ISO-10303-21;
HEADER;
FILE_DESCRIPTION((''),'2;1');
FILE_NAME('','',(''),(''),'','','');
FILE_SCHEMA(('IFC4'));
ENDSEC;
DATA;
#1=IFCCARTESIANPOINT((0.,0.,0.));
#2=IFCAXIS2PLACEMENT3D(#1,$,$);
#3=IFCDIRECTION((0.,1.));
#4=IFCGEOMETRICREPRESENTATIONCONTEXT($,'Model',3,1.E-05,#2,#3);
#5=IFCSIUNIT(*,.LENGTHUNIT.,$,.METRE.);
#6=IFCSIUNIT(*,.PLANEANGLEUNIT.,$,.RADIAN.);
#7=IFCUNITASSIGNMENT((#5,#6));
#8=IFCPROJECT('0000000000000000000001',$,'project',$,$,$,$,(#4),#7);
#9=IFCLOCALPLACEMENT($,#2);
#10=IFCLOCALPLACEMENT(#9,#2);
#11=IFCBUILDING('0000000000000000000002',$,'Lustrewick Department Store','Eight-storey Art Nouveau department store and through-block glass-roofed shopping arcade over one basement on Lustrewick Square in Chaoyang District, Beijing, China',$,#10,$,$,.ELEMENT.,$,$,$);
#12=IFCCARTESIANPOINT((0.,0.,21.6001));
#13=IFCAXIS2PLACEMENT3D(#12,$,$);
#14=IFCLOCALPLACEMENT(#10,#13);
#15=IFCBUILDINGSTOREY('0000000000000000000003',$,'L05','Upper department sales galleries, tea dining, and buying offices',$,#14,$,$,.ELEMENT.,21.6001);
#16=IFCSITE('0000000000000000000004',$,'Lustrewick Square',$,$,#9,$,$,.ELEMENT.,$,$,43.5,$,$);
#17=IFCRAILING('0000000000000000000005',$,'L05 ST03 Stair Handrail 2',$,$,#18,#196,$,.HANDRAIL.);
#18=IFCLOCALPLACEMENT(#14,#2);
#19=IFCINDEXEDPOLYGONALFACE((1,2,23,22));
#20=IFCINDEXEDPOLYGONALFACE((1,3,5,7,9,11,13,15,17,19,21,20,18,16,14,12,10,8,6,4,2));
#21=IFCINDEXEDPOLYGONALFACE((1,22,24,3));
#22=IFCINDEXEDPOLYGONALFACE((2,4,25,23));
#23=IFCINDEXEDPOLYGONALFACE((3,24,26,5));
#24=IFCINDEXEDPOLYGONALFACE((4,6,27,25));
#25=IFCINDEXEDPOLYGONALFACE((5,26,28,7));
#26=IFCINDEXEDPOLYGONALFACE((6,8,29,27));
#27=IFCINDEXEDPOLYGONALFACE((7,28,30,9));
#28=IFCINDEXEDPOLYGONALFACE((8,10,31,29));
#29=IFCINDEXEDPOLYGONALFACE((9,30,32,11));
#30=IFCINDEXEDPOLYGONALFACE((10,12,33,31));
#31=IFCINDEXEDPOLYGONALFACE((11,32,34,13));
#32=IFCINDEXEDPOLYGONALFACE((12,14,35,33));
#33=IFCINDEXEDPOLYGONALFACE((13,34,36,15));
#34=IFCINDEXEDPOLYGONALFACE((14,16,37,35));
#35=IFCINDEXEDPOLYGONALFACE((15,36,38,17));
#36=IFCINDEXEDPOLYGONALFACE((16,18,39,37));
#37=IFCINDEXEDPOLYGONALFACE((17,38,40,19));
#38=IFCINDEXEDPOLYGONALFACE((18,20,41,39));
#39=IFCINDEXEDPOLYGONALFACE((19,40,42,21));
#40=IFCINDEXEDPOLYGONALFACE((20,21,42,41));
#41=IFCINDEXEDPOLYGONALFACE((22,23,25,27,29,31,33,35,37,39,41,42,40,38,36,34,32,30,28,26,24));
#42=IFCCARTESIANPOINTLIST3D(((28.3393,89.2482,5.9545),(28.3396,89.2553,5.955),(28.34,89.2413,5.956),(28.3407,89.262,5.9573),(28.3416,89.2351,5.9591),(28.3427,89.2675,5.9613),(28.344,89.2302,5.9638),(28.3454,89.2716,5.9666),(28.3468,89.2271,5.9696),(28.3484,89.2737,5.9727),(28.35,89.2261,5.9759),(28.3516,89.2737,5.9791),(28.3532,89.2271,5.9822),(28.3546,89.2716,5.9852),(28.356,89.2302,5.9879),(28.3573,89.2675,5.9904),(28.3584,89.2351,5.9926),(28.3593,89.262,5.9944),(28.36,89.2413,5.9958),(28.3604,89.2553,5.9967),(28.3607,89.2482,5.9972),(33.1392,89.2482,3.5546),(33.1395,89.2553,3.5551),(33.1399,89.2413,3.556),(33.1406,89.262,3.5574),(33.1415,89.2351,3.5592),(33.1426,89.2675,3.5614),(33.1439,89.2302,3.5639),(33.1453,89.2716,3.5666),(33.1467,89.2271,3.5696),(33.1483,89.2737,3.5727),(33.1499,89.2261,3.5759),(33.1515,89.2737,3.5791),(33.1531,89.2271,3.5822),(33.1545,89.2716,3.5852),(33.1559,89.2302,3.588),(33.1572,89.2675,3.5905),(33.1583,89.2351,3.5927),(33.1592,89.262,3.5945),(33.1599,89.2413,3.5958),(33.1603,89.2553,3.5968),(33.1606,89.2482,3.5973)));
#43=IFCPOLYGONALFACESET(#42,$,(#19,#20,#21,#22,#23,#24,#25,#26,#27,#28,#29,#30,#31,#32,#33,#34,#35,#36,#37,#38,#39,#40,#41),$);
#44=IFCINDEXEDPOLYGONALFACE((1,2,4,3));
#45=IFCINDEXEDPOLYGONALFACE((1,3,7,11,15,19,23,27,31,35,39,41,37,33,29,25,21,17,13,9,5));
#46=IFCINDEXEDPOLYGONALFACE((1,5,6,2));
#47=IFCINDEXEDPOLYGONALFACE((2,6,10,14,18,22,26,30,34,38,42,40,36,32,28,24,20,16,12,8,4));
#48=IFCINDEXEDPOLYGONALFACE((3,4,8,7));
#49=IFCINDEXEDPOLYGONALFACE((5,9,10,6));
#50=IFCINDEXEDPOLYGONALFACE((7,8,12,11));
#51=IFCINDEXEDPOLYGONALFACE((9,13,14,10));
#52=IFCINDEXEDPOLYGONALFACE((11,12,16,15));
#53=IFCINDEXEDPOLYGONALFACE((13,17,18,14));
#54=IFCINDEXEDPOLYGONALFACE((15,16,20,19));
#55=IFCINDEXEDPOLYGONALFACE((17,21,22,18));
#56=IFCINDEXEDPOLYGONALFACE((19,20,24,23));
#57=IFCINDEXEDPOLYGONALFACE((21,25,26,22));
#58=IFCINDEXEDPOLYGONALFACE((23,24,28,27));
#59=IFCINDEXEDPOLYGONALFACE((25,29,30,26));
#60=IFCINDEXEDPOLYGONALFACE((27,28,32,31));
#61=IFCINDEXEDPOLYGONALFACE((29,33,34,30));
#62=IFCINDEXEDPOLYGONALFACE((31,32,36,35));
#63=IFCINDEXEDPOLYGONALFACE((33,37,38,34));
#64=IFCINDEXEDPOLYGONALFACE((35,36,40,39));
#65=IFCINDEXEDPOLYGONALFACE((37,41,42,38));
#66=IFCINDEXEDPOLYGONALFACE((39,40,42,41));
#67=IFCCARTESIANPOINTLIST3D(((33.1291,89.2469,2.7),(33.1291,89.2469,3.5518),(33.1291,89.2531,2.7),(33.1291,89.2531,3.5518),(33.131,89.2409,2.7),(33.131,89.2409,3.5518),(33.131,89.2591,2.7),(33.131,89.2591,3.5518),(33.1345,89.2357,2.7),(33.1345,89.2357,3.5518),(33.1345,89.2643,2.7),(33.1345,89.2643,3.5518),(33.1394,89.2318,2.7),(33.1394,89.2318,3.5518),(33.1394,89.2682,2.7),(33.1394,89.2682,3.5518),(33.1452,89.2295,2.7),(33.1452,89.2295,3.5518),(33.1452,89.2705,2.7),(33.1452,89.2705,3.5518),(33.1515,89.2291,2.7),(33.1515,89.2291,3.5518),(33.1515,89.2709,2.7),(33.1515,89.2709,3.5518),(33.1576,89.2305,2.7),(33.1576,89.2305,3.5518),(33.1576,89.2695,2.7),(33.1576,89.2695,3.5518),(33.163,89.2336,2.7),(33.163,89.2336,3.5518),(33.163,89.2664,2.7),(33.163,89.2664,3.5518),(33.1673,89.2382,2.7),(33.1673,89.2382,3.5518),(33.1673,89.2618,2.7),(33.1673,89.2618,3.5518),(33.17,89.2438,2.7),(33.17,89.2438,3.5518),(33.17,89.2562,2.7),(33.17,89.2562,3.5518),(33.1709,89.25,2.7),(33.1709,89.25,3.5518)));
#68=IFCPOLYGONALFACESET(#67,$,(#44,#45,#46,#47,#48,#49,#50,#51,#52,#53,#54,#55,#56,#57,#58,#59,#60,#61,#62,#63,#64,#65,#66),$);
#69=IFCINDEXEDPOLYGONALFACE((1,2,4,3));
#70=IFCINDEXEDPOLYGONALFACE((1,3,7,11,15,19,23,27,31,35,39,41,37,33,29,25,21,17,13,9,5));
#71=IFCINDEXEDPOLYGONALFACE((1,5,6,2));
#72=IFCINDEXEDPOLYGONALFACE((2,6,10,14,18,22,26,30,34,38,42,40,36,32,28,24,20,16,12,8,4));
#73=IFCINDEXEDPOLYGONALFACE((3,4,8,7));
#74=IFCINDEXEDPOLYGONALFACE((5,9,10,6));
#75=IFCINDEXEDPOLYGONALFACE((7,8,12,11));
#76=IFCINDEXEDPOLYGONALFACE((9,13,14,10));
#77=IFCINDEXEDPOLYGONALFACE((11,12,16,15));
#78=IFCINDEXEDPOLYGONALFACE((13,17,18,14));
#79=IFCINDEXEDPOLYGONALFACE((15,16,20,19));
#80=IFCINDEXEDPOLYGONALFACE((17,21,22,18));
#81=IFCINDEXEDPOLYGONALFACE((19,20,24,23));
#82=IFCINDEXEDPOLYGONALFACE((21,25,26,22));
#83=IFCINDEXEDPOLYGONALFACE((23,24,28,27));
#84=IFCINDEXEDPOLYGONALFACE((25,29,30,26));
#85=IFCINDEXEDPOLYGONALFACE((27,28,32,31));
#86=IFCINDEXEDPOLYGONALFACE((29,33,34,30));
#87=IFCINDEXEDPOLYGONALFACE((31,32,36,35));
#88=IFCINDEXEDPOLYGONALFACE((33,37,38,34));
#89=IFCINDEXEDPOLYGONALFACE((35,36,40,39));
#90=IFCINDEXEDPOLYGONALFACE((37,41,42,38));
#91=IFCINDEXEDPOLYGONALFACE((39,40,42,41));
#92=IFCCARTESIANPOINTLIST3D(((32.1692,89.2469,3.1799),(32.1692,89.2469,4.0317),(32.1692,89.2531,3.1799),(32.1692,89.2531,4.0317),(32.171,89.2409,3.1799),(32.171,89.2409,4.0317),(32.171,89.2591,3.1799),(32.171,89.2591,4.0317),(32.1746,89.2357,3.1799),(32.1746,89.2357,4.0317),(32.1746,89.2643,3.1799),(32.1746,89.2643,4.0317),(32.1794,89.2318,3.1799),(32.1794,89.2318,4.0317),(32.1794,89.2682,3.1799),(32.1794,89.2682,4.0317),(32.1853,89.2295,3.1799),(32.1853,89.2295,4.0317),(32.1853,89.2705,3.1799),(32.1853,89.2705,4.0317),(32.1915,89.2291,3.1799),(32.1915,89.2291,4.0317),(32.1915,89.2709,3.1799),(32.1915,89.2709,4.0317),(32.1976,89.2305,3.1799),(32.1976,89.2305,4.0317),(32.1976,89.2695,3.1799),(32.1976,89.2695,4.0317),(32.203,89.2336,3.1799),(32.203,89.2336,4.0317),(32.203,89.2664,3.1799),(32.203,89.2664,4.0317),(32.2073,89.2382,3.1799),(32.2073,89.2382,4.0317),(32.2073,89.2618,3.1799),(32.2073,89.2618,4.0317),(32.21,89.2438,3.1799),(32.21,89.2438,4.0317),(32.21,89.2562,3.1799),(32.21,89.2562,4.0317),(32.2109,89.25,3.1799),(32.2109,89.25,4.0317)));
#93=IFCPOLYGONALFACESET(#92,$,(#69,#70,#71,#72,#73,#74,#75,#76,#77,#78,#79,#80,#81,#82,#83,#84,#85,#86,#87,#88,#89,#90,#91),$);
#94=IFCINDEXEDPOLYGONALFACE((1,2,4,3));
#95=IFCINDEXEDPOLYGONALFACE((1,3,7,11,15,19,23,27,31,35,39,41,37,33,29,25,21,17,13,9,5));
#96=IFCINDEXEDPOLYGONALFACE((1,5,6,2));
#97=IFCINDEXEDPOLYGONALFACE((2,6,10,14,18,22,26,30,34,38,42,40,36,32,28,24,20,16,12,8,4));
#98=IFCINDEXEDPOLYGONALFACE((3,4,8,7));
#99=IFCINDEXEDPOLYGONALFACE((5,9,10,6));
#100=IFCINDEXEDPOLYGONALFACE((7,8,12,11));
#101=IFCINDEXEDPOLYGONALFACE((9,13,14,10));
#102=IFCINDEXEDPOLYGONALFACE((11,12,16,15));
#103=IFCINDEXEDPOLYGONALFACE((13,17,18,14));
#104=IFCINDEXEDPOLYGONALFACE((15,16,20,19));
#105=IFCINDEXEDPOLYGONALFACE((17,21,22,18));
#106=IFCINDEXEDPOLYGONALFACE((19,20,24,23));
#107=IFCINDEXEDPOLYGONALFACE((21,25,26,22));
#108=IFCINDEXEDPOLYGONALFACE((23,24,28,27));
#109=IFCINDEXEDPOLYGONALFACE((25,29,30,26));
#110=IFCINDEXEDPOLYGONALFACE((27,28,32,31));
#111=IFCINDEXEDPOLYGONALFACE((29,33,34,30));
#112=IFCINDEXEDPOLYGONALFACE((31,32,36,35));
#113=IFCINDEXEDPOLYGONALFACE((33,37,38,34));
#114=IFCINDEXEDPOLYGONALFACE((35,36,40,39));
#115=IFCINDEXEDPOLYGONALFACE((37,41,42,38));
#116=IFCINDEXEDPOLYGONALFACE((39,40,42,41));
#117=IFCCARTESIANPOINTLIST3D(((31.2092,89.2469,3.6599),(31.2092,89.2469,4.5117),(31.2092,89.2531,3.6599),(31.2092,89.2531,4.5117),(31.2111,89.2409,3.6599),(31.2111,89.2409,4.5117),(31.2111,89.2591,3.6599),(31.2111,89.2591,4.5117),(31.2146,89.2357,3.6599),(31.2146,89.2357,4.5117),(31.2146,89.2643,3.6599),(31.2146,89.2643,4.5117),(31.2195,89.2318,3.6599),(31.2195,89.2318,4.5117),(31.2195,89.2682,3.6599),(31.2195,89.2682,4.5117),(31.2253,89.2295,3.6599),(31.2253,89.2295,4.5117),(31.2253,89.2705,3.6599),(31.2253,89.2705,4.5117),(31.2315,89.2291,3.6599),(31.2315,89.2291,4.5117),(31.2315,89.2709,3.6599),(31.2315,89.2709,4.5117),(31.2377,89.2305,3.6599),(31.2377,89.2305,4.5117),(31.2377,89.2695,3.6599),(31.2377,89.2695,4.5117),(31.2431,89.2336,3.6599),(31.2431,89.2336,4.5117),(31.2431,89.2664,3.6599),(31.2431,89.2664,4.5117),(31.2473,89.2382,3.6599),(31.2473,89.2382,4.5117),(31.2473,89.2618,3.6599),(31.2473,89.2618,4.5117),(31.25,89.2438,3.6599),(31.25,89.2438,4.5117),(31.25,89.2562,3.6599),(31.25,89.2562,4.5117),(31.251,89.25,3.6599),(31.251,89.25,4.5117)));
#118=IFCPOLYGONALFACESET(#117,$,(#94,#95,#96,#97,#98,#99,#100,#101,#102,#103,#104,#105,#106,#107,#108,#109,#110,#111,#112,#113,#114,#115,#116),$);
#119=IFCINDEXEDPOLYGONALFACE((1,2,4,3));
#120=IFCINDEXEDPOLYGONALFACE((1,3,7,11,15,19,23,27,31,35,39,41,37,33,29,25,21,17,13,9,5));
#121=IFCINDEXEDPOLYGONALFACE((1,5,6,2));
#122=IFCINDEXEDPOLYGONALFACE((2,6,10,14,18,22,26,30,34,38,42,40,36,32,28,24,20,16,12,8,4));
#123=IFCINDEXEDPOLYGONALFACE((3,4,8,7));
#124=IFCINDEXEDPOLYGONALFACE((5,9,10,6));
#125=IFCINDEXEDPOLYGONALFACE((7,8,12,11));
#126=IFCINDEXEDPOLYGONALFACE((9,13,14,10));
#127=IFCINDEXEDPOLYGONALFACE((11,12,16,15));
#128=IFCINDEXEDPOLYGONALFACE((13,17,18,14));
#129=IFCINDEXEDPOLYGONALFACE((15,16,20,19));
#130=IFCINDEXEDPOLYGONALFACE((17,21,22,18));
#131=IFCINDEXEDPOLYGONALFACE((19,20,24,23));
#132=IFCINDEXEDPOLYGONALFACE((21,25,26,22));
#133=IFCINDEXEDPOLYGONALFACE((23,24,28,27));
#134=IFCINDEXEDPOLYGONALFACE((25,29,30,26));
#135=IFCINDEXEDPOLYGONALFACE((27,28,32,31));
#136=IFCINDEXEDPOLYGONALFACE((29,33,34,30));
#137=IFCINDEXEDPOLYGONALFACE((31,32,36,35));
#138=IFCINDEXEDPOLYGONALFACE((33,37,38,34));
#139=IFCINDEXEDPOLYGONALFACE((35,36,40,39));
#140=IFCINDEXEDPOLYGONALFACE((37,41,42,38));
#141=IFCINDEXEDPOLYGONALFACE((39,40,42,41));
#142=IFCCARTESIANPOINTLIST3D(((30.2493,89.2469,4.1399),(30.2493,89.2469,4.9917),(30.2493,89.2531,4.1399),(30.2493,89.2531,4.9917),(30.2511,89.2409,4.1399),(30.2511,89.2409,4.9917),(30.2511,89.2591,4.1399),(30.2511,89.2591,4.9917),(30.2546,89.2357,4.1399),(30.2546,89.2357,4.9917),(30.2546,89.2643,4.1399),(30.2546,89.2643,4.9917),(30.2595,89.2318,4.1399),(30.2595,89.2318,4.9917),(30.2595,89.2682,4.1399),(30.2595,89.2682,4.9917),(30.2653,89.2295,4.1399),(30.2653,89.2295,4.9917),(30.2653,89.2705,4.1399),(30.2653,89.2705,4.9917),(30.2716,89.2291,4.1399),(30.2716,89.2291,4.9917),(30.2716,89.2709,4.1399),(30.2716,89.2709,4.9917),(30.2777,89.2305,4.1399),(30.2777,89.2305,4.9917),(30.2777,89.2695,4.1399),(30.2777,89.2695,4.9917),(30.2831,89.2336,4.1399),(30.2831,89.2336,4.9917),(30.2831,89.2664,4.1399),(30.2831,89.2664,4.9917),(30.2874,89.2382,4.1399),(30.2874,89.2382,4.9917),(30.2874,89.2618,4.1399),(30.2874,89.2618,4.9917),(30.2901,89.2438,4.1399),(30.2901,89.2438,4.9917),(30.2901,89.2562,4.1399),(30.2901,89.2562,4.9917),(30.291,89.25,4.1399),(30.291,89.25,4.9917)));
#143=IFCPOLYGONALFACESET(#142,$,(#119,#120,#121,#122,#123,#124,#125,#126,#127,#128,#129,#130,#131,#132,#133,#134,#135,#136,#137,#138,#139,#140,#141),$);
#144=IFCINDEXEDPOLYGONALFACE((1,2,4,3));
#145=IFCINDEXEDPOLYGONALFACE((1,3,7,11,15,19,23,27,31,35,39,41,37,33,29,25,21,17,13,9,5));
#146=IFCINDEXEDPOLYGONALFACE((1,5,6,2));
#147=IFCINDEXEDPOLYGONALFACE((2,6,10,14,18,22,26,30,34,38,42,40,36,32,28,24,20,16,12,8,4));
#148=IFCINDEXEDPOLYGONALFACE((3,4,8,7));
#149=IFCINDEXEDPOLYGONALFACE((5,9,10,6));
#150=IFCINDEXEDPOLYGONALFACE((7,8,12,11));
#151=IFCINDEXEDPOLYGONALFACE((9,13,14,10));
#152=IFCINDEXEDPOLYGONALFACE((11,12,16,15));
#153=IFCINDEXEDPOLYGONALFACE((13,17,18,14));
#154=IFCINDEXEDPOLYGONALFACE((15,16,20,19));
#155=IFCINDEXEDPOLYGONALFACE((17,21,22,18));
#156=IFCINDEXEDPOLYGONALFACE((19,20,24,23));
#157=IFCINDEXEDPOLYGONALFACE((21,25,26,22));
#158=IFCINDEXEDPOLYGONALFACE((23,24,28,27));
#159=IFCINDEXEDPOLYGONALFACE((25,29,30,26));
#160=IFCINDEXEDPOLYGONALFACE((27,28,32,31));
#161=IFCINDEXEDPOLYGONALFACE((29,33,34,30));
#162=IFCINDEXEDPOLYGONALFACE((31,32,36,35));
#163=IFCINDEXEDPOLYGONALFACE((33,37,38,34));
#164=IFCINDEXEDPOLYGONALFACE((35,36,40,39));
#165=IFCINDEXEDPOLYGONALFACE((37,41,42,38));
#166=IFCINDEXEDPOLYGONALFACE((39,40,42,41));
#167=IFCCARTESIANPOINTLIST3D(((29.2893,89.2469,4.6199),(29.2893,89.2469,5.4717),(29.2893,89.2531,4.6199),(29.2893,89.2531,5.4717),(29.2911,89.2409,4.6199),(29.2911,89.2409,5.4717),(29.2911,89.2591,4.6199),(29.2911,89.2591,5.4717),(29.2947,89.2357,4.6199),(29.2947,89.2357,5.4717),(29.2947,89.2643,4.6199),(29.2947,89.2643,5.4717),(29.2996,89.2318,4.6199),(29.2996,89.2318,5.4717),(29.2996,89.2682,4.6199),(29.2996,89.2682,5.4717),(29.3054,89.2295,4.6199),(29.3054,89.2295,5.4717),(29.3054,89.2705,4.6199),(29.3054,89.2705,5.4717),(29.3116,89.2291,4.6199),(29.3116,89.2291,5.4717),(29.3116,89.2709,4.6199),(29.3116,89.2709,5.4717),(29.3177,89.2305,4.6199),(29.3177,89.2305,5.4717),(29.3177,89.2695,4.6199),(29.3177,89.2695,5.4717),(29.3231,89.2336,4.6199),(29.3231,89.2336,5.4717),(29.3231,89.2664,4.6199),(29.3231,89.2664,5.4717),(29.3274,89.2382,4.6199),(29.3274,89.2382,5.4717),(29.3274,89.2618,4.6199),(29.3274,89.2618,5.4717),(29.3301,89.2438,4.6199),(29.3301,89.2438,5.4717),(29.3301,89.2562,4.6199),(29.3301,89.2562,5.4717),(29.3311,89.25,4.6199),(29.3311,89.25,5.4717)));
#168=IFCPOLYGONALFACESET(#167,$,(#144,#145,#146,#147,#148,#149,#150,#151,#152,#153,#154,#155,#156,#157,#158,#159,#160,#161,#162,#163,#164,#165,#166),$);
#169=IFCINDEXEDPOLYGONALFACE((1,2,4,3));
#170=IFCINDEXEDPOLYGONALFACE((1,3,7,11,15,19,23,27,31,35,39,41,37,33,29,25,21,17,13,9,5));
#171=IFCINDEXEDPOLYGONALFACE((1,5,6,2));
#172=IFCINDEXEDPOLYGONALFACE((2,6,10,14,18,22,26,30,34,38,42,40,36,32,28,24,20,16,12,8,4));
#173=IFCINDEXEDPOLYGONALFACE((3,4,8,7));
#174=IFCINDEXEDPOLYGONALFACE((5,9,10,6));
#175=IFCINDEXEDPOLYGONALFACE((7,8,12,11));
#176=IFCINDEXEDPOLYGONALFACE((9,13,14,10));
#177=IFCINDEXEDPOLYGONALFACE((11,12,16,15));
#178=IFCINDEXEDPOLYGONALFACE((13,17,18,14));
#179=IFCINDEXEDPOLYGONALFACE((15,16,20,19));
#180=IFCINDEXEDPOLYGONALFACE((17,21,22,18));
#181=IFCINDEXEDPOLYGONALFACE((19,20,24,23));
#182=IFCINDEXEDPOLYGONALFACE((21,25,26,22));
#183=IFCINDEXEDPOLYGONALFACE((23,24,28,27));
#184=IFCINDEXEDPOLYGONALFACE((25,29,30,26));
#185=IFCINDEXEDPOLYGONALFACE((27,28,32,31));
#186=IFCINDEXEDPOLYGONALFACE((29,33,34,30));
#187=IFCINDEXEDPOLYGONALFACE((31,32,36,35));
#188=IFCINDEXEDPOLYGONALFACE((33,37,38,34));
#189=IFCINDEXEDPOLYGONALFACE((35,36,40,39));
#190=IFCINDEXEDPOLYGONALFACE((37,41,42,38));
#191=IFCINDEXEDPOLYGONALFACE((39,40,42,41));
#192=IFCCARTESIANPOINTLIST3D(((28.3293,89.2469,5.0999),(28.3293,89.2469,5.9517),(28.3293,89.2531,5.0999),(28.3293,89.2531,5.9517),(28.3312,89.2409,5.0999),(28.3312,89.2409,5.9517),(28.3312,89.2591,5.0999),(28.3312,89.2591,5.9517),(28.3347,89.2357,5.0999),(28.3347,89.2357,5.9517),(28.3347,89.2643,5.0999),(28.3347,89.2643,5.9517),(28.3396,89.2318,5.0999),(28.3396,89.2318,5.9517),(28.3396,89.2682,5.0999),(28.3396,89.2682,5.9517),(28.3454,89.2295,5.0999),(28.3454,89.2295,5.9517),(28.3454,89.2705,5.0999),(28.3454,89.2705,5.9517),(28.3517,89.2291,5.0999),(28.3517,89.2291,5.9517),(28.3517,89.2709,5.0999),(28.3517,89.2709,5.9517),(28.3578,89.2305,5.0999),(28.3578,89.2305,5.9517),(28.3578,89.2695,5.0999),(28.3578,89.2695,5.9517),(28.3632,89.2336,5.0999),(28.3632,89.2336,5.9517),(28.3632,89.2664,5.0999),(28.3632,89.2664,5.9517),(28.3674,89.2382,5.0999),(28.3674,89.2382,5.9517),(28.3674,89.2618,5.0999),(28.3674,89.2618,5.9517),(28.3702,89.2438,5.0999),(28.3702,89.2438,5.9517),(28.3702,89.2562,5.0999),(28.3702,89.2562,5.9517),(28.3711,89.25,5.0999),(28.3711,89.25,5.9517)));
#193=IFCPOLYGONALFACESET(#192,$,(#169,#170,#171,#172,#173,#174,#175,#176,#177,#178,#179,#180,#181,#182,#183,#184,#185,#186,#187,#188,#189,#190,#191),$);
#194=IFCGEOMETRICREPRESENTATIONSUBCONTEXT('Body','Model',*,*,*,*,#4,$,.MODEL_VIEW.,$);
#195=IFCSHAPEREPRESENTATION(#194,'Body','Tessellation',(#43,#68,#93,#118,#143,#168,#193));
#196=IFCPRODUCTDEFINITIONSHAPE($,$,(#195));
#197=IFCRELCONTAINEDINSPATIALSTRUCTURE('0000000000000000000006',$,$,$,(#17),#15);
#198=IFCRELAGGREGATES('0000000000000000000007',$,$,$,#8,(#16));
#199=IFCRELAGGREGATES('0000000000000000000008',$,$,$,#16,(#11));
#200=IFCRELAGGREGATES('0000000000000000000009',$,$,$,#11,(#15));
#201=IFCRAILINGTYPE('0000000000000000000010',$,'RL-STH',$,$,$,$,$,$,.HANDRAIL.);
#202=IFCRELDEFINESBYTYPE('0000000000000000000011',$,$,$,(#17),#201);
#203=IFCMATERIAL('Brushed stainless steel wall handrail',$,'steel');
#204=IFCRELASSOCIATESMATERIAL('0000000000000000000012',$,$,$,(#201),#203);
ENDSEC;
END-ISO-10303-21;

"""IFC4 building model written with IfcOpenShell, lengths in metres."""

from ifc_helpers import new_model, si_unit, direction, frame, origin, origin_2d, place, context, subcontext, project, spatial, circle, extrude, material, type_object, element, save


model = new_model("IFC4")

# Units and contexts
model_context = context("Model", 3, precision=1e-05, world=origin(), true_north=direction((0.0, 1.0)))
body_context = subcontext(model_context, "Body", "Model", "MODEL_VIEW")
ifc_project = project(units=[si_unit("LENGTHUNIT", "METRE"), si_unit("PLANEANGLEUNIT", "RADIAN")], contexts=[model_context])

# Site, building, storey
site_placement = place(None, origin())
site = spatial("IfcSite", under=ifc_project, at=site_placement, Name="Lustrewick Square", CompositionType="ELEMENT", RefElevation=43.5)
building_placement = place(site_placement, origin())
building = spatial("IfcBuilding", under=site, at=building_placement, Name="Lustrewick Department Store", Description="Eight-storey Art Nouveau department store and through-block glass-roofed shopping arcade over one basement on Lustrewick Square in Chaoyang District, Beijing, China", CompositionType="ELEMENT")
storey_placement = place(building_placement, frame((0.0, 0.0, 21.6001)))
storey = spatial("IfcBuildingStorey", under=building, at=storey_placement, Name="L05", Description="Upper department sales galleries, tea dining, and buying offices", CompositionType="ELEMENT", Elevation=21.6001)

# Railing
ifc_material_1 = material(Name="Brushed stainless steel wall handrail", Category="steel")
railing_type_1 = type_object("IfcRailingType", Name="RL-STH", PredefinedType="HANDRAIL", material=ifc_material_1)
railing_1_placement = place(storey_placement, frame((33.1499, 89.25, 2.7)))
element("IfcRailing", 1, at=railing_1_placement, inside=storey, type_object=railing_type_1, Name="L05 ST03 Stair Handrail 2", PredefinedType="HANDRAIL", context=body_context, shape_type="SweptSolid", body=[
    extrude(circle(Radius=0.0239, at=origin_2d()), frame((0.0, 0.0, 0.876), z_axis=(-0.894427, 0.0, 0.447214), x_axis=(0.0, -1.0, 0.0)), (0.0, 0.0, 1.0), 5.3665),
    extrude(circle(Radius=0.021, at=origin_2d()), origin(), (0.0, 0.0, 1.0), 0.8518),
    extrude(circle(Radius=0.021, at=origin_2d()), frame((-0.96, 0.0, 0.48)), (0.0, 0.0, 1.0), 0.8518),
    extrude(circle(Radius=0.021, at=origin_2d()), frame((-1.9199, 0.0, 0.96)), (0.0, 0.0, 1.0), 0.8518),
    extrude(circle(Radius=0.021, at=origin_2d()), frame((-2.8799, 0.0, 1.4399)), (0.0, 0.0, 1.0), 0.8518),
    extrude(circle(Radius=0.021, at=origin_2d()), frame((-3.8398, 0.0, 1.9199)), (0.0, 0.0, 1.0), 0.8518),
    extrude(circle(Radius=0.021, at=origin_2d()), frame((-4.7998, 0.0, 2.3999)), (0.0, 0.0, 1.0), 0.8518),
])

save(model, "model.ifc")
